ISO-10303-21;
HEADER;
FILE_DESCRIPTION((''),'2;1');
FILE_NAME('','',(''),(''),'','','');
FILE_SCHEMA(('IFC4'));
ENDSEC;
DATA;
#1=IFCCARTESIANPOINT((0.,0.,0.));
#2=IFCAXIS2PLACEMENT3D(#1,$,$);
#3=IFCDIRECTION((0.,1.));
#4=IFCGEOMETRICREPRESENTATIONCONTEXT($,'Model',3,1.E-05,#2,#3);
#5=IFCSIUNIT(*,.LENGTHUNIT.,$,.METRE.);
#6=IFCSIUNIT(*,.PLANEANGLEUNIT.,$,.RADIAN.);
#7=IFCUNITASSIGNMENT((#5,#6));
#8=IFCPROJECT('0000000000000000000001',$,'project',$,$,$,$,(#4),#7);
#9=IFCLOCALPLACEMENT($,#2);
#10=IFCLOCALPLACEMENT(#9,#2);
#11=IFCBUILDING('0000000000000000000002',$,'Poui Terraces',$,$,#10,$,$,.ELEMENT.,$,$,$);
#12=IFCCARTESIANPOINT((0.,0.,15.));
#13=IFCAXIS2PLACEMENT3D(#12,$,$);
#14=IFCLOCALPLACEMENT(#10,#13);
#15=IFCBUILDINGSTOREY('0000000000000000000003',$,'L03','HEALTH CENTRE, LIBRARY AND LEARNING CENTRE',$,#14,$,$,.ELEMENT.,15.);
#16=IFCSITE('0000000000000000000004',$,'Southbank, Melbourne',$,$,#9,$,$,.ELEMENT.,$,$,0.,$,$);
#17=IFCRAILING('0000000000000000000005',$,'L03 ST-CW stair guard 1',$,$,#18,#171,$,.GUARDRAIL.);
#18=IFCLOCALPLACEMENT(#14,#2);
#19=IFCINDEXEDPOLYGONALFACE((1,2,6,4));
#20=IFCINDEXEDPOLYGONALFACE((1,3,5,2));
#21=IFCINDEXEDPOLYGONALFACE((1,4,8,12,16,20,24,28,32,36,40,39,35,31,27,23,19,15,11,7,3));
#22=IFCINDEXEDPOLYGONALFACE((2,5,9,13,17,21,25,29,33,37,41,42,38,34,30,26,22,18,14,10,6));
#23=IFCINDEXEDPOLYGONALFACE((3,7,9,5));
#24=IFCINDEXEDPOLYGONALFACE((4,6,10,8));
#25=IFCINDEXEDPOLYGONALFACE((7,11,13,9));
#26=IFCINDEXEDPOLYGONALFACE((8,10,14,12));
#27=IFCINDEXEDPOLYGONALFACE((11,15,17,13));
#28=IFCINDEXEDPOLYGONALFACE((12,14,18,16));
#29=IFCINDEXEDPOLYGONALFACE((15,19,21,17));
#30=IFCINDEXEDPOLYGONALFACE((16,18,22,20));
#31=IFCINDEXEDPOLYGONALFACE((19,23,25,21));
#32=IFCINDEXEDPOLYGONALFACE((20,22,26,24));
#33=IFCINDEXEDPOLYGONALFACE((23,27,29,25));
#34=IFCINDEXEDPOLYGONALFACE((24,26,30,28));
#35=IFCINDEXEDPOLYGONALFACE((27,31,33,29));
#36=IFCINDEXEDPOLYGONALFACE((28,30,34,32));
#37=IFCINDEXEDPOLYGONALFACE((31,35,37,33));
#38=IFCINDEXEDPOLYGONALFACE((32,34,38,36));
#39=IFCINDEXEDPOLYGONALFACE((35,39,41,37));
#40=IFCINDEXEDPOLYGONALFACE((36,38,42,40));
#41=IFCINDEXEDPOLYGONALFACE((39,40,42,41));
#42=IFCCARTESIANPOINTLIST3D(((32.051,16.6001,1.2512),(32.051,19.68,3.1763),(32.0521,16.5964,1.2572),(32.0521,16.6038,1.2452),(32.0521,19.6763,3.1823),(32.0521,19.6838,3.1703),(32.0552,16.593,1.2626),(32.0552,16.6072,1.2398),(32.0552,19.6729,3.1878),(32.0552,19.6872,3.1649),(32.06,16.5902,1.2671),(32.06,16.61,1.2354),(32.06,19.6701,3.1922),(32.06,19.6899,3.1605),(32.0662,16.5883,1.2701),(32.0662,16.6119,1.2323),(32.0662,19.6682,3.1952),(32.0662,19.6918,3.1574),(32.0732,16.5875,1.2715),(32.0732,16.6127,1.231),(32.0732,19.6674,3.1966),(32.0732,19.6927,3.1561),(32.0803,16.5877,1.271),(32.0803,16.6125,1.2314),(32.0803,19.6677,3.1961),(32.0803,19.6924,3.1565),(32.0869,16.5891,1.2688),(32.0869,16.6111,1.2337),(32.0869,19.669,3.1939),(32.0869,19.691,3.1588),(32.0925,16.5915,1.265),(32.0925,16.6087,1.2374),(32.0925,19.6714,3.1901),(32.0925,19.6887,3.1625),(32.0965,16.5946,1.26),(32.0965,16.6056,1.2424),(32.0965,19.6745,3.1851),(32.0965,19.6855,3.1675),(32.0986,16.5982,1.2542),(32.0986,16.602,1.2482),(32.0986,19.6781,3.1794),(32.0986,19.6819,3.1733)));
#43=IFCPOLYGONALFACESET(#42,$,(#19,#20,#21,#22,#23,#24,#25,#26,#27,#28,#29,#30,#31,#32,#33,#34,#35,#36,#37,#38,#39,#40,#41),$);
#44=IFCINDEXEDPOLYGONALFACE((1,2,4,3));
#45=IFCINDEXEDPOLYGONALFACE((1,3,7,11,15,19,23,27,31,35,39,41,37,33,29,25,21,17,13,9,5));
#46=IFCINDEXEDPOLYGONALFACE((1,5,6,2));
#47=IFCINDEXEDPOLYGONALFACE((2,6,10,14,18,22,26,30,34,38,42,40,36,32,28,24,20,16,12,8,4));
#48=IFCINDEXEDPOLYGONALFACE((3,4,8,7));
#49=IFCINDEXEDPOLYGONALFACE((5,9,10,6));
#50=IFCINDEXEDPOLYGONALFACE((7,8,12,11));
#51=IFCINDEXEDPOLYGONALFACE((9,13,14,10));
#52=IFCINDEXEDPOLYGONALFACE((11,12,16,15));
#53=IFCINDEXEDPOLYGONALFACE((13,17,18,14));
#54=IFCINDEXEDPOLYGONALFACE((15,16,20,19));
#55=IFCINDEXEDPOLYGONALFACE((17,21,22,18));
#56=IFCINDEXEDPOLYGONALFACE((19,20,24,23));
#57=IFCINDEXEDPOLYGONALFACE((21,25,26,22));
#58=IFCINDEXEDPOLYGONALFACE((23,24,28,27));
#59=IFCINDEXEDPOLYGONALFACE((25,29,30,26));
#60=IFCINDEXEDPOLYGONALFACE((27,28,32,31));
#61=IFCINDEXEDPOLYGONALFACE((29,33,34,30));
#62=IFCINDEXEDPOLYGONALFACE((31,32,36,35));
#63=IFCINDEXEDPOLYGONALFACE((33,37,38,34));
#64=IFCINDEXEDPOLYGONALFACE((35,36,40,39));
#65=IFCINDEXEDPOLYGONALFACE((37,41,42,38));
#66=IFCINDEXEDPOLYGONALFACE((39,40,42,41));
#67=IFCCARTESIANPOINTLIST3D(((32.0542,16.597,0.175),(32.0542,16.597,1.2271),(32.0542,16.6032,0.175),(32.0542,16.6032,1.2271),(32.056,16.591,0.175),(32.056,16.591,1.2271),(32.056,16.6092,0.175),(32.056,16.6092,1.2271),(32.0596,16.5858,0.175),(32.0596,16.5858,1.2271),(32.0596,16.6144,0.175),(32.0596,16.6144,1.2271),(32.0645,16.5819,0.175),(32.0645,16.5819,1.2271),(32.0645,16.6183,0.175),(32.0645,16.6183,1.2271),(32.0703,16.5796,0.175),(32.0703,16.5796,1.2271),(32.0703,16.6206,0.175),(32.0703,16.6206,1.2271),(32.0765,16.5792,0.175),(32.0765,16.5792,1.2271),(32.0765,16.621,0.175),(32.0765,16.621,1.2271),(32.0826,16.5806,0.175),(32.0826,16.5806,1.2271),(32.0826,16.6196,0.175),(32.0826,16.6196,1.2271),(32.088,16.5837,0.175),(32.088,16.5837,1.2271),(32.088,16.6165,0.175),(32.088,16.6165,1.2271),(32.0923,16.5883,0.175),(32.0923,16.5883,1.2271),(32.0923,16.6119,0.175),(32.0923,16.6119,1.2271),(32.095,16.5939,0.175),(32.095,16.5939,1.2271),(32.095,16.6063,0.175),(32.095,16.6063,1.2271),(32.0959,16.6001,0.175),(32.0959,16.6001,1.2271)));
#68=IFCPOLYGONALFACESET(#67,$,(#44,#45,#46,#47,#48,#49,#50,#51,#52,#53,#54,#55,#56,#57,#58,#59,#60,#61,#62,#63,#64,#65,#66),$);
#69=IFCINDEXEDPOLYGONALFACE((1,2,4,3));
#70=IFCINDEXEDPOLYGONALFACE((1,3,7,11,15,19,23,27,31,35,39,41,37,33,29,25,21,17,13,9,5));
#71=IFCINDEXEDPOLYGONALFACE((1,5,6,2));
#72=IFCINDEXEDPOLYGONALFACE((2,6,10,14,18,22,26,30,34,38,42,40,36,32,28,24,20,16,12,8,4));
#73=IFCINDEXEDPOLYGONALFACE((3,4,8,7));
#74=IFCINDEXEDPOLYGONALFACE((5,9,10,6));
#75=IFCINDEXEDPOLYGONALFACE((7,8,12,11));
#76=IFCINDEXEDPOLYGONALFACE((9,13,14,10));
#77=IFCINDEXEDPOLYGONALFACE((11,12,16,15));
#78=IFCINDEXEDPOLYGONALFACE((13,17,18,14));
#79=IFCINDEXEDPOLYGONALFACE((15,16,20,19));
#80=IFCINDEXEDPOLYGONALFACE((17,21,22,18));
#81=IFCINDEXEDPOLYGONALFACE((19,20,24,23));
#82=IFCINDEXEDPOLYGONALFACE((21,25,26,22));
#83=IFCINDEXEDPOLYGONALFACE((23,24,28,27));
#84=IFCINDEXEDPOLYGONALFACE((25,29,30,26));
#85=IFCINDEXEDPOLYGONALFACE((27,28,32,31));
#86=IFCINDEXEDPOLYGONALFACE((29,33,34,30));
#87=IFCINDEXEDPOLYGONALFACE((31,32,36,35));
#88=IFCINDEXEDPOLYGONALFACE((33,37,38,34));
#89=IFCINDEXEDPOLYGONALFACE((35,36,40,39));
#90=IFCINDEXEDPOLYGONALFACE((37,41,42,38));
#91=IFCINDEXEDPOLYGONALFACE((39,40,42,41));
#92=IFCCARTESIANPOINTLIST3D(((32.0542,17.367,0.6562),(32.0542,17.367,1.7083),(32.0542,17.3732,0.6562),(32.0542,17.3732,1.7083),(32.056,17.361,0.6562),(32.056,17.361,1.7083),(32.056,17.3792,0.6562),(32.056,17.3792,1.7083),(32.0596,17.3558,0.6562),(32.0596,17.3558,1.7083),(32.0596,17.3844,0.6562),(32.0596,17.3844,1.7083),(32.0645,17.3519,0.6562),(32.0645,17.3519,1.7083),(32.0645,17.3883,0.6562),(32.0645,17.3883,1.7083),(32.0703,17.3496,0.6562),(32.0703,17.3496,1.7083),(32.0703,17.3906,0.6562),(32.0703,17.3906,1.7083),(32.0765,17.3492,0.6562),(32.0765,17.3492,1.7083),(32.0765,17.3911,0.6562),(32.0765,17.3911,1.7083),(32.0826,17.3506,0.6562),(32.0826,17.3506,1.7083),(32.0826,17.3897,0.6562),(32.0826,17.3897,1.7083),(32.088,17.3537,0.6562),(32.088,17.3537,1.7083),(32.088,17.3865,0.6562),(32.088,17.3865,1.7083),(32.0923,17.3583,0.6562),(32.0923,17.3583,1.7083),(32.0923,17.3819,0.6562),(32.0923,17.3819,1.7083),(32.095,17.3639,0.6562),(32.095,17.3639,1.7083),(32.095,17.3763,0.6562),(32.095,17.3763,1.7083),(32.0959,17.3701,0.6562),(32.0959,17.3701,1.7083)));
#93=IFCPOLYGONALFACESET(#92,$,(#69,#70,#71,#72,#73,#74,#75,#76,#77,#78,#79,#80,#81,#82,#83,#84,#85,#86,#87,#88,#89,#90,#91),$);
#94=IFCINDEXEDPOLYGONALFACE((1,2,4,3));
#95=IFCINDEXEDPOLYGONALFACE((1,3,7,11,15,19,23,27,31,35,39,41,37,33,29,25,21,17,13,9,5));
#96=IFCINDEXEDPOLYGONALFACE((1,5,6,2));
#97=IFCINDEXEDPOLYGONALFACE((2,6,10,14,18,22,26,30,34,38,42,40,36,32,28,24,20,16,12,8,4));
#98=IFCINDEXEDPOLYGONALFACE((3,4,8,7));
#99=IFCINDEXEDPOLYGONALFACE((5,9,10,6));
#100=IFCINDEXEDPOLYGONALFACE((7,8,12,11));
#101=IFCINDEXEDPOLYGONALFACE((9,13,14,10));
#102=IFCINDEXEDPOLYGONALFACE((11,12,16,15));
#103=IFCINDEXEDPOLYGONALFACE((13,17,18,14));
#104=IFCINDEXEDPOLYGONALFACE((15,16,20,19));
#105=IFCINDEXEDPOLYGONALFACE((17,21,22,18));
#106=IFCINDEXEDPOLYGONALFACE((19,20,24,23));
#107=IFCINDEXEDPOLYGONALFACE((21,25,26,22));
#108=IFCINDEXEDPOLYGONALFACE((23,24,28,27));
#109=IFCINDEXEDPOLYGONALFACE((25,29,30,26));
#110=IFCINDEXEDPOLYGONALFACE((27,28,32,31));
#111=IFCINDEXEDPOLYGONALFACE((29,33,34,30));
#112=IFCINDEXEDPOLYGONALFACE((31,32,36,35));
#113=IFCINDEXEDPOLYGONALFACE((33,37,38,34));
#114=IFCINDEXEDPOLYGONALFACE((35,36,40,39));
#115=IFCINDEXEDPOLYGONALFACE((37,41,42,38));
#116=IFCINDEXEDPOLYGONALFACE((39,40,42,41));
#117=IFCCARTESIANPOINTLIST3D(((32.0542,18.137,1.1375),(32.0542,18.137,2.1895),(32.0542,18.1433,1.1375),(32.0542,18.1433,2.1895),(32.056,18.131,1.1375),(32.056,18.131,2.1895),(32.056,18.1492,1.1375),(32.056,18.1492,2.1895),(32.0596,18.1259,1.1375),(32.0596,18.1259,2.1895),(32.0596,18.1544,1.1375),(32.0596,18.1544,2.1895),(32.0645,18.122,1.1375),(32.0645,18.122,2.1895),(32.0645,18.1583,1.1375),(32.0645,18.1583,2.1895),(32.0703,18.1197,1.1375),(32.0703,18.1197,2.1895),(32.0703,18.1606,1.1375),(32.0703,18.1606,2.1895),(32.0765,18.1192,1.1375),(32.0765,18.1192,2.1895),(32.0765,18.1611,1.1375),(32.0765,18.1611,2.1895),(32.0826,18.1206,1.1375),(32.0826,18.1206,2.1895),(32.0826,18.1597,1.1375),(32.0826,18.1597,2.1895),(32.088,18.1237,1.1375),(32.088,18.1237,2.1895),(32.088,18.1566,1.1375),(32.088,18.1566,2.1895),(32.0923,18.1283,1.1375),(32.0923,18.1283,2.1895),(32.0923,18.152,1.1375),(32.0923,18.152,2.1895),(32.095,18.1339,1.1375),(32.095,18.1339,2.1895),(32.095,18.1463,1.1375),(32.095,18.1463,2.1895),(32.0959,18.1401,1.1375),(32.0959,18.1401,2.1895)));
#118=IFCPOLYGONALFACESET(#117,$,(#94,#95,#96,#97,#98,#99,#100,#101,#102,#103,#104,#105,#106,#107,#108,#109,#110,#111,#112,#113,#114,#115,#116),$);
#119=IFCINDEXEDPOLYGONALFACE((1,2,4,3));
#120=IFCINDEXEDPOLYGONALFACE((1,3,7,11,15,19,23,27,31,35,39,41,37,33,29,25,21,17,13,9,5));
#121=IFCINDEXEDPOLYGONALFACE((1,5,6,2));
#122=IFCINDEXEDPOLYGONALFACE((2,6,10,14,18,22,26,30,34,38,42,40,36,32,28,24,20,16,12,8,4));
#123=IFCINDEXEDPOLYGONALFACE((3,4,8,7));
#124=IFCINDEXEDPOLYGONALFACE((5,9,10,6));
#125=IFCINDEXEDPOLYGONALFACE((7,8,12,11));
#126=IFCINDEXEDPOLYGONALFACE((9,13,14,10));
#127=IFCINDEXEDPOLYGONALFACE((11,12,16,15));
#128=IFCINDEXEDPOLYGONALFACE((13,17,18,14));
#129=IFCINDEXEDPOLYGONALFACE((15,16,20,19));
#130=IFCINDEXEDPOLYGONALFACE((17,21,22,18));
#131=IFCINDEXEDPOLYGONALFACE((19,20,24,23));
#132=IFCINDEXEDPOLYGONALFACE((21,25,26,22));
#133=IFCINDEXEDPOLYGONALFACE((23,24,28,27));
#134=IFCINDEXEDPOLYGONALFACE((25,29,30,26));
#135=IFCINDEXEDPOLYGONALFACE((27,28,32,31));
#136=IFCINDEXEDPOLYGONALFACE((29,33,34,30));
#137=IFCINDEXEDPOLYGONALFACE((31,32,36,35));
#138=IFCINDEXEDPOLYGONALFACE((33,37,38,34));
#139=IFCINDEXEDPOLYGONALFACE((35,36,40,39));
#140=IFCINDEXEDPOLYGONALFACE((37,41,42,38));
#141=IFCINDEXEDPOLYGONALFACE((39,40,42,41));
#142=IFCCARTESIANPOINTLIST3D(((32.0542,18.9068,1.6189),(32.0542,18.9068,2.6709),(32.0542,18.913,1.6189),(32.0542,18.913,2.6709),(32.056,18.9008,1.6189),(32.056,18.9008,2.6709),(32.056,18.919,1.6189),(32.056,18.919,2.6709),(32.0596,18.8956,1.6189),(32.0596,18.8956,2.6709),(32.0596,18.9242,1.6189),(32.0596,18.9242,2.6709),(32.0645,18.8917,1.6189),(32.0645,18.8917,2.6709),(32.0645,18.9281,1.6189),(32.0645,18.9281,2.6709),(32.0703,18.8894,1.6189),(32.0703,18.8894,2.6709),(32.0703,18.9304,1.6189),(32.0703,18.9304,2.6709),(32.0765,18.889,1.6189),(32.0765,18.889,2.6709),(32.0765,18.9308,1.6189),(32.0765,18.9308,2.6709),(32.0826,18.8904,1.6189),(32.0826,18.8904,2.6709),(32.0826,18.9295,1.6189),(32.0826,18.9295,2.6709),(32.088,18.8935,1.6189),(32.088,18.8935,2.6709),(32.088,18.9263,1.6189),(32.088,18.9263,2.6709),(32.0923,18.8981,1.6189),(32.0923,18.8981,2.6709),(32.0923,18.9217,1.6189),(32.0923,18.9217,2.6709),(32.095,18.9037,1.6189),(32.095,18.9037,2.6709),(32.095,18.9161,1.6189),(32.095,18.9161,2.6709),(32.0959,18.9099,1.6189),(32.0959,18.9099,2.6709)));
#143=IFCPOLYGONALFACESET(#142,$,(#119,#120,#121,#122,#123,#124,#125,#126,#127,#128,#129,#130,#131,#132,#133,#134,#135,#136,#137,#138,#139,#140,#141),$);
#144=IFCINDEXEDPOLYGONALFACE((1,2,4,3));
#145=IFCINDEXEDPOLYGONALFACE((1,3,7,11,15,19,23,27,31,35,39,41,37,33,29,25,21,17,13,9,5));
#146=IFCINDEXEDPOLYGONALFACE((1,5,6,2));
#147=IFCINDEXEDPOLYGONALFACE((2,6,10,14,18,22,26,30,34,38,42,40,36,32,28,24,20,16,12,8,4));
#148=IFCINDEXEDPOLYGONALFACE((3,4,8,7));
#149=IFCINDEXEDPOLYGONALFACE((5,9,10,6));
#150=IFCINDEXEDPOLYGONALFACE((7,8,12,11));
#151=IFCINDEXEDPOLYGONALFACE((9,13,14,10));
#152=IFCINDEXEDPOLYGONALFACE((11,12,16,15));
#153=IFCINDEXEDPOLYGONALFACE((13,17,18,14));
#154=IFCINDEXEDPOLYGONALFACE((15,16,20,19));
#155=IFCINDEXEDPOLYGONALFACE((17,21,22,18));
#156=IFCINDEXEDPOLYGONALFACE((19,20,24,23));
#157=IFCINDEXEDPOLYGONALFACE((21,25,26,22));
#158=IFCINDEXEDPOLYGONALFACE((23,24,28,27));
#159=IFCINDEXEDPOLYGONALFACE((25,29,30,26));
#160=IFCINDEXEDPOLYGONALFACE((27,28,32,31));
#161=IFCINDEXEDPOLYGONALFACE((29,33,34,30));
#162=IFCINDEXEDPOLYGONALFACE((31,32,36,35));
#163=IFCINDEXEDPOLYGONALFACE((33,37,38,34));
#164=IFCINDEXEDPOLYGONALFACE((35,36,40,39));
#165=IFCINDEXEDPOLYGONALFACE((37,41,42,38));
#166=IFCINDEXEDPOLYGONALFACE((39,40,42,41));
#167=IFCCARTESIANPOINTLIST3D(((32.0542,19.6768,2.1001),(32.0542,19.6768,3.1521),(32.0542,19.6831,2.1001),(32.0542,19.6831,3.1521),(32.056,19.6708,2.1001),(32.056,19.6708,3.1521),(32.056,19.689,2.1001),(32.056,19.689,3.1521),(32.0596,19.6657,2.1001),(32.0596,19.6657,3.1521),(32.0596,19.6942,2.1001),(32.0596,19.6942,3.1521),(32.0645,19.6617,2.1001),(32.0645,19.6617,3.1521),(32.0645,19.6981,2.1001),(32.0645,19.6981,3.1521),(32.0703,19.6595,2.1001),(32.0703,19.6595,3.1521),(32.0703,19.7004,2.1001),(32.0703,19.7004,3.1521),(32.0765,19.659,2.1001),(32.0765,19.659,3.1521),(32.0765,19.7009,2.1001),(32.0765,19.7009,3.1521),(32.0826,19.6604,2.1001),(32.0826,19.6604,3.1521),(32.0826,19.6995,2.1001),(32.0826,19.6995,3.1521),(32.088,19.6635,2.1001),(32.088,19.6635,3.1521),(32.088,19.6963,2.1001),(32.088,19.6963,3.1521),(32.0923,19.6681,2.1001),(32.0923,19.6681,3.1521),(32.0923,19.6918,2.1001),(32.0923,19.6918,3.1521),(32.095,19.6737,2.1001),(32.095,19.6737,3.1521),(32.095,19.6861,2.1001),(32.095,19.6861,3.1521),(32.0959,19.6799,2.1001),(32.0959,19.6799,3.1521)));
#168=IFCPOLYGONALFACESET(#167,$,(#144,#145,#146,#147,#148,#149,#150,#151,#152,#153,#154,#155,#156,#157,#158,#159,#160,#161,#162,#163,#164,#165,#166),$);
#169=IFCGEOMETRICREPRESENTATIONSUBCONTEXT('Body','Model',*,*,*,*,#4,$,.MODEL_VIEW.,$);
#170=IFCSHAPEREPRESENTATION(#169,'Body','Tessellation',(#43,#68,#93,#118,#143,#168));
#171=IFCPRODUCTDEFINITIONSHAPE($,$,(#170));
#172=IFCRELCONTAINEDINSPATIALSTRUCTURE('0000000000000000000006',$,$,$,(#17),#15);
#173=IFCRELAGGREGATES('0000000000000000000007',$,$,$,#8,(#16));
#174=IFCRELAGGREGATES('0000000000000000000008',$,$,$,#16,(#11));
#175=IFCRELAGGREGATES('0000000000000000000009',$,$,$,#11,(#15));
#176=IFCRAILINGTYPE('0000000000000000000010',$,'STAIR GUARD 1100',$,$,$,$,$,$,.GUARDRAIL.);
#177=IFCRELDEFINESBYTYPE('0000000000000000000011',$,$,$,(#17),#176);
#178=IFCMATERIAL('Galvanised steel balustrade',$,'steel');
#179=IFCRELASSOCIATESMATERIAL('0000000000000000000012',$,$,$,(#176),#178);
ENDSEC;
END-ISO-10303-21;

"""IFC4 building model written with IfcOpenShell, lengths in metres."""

from ifc_helpers import new_model, si_unit, direction, frame, origin, origin_2d, place, context, subcontext, project, spatial, circle, extrude, material, type_object, element, save


model = new_model("IFC4")

# Units and contexts
model_context = context("Model", 3, precision=1e-05, world=origin(), true_north=direction((0.0, 1.0)))
body_context = subcontext(model_context, "Body", "Model", "MODEL_VIEW")
ifc_project = project(units=[si_unit("LENGTHUNIT", "METRE"), si_unit("PLANEANGLEUNIT", "RADIAN")], contexts=[model_context])

# Site, building, storey
site_placement = place(None, origin())
site = spatial("IfcSite", under=ifc_project, at=site_placement, Name="Southbank, Melbourne", CompositionType="ELEMENT", RefElevation=0.0)
building_placement = place(site_placement, origin())
building = spatial("IfcBuilding", under=site, at=building_placement, Name="Poui Terraces", CompositionType="ELEMENT")
storey_placement = place(building_placement, frame((0.0, 0.0, 15.0)))
storey = spatial("IfcBuildingStorey", under=building, at=storey_placement, Name="L03", Description="HEALTH CENTRE, LIBRARY AND LEARNING CENTRE", CompositionType="ELEMENT", Elevation=15.0)

# Railing
ifc_material_1 = material(Name="Galvanised steel balustrade", Category="steel")
railing_type_1 = type_object("IfcRailingType", Name="STAIR GUARD 1100", PredefinedType="GUARDRAIL", material=ifc_material_1)
railing_1_placement = place(storey_placement, frame((32.075, 16.6001, 0.175)))
element("IfcRailing", 1, at=railing_1_placement, inside=storey, type_object=railing_type_1, Name="L03 ST-CW stair guard 1", PredefinedType="GUARDRAIL", context=body_context, shape_type="SweptSolid", body=[
    extrude(circle(Radius=0.0239, at=origin_2d()), frame((0.0, 0.0, 1.0762), z_axis=(0.0, 0.847979, 0.530029), x_axis=(-1.0, 0.0, 0.0)), (0.0, 0.0, 1.0), 3.6321),
    extrude(circle(Radius=0.021, at=origin_2d()), origin(), (0.0, 0.0, 1.0), 1.052),
    extrude(circle(Radius=0.021, at=origin_2d()), frame((0.0, 0.77, 0.4812)), (0.0, 0.0, 1.0), 1.052),
    extrude(circle(Radius=0.021, at=origin_2d()), frame((0.0, 1.54, 0.9624)), (0.0, 0.0, 1.0), 1.052),
    extrude(circle(Radius=0.021, at=origin_2d()), frame((0.0, 2.3098, 1.4438)), (0.0, 0.0, 1.0), 1.052),
    extrude(circle(Radius=0.021, at=origin_2d()), frame((0.0, 3.0798, 1.925)), (0.0, 0.0, 1.0), 1.052),
])

save(model, "model.ifc")
